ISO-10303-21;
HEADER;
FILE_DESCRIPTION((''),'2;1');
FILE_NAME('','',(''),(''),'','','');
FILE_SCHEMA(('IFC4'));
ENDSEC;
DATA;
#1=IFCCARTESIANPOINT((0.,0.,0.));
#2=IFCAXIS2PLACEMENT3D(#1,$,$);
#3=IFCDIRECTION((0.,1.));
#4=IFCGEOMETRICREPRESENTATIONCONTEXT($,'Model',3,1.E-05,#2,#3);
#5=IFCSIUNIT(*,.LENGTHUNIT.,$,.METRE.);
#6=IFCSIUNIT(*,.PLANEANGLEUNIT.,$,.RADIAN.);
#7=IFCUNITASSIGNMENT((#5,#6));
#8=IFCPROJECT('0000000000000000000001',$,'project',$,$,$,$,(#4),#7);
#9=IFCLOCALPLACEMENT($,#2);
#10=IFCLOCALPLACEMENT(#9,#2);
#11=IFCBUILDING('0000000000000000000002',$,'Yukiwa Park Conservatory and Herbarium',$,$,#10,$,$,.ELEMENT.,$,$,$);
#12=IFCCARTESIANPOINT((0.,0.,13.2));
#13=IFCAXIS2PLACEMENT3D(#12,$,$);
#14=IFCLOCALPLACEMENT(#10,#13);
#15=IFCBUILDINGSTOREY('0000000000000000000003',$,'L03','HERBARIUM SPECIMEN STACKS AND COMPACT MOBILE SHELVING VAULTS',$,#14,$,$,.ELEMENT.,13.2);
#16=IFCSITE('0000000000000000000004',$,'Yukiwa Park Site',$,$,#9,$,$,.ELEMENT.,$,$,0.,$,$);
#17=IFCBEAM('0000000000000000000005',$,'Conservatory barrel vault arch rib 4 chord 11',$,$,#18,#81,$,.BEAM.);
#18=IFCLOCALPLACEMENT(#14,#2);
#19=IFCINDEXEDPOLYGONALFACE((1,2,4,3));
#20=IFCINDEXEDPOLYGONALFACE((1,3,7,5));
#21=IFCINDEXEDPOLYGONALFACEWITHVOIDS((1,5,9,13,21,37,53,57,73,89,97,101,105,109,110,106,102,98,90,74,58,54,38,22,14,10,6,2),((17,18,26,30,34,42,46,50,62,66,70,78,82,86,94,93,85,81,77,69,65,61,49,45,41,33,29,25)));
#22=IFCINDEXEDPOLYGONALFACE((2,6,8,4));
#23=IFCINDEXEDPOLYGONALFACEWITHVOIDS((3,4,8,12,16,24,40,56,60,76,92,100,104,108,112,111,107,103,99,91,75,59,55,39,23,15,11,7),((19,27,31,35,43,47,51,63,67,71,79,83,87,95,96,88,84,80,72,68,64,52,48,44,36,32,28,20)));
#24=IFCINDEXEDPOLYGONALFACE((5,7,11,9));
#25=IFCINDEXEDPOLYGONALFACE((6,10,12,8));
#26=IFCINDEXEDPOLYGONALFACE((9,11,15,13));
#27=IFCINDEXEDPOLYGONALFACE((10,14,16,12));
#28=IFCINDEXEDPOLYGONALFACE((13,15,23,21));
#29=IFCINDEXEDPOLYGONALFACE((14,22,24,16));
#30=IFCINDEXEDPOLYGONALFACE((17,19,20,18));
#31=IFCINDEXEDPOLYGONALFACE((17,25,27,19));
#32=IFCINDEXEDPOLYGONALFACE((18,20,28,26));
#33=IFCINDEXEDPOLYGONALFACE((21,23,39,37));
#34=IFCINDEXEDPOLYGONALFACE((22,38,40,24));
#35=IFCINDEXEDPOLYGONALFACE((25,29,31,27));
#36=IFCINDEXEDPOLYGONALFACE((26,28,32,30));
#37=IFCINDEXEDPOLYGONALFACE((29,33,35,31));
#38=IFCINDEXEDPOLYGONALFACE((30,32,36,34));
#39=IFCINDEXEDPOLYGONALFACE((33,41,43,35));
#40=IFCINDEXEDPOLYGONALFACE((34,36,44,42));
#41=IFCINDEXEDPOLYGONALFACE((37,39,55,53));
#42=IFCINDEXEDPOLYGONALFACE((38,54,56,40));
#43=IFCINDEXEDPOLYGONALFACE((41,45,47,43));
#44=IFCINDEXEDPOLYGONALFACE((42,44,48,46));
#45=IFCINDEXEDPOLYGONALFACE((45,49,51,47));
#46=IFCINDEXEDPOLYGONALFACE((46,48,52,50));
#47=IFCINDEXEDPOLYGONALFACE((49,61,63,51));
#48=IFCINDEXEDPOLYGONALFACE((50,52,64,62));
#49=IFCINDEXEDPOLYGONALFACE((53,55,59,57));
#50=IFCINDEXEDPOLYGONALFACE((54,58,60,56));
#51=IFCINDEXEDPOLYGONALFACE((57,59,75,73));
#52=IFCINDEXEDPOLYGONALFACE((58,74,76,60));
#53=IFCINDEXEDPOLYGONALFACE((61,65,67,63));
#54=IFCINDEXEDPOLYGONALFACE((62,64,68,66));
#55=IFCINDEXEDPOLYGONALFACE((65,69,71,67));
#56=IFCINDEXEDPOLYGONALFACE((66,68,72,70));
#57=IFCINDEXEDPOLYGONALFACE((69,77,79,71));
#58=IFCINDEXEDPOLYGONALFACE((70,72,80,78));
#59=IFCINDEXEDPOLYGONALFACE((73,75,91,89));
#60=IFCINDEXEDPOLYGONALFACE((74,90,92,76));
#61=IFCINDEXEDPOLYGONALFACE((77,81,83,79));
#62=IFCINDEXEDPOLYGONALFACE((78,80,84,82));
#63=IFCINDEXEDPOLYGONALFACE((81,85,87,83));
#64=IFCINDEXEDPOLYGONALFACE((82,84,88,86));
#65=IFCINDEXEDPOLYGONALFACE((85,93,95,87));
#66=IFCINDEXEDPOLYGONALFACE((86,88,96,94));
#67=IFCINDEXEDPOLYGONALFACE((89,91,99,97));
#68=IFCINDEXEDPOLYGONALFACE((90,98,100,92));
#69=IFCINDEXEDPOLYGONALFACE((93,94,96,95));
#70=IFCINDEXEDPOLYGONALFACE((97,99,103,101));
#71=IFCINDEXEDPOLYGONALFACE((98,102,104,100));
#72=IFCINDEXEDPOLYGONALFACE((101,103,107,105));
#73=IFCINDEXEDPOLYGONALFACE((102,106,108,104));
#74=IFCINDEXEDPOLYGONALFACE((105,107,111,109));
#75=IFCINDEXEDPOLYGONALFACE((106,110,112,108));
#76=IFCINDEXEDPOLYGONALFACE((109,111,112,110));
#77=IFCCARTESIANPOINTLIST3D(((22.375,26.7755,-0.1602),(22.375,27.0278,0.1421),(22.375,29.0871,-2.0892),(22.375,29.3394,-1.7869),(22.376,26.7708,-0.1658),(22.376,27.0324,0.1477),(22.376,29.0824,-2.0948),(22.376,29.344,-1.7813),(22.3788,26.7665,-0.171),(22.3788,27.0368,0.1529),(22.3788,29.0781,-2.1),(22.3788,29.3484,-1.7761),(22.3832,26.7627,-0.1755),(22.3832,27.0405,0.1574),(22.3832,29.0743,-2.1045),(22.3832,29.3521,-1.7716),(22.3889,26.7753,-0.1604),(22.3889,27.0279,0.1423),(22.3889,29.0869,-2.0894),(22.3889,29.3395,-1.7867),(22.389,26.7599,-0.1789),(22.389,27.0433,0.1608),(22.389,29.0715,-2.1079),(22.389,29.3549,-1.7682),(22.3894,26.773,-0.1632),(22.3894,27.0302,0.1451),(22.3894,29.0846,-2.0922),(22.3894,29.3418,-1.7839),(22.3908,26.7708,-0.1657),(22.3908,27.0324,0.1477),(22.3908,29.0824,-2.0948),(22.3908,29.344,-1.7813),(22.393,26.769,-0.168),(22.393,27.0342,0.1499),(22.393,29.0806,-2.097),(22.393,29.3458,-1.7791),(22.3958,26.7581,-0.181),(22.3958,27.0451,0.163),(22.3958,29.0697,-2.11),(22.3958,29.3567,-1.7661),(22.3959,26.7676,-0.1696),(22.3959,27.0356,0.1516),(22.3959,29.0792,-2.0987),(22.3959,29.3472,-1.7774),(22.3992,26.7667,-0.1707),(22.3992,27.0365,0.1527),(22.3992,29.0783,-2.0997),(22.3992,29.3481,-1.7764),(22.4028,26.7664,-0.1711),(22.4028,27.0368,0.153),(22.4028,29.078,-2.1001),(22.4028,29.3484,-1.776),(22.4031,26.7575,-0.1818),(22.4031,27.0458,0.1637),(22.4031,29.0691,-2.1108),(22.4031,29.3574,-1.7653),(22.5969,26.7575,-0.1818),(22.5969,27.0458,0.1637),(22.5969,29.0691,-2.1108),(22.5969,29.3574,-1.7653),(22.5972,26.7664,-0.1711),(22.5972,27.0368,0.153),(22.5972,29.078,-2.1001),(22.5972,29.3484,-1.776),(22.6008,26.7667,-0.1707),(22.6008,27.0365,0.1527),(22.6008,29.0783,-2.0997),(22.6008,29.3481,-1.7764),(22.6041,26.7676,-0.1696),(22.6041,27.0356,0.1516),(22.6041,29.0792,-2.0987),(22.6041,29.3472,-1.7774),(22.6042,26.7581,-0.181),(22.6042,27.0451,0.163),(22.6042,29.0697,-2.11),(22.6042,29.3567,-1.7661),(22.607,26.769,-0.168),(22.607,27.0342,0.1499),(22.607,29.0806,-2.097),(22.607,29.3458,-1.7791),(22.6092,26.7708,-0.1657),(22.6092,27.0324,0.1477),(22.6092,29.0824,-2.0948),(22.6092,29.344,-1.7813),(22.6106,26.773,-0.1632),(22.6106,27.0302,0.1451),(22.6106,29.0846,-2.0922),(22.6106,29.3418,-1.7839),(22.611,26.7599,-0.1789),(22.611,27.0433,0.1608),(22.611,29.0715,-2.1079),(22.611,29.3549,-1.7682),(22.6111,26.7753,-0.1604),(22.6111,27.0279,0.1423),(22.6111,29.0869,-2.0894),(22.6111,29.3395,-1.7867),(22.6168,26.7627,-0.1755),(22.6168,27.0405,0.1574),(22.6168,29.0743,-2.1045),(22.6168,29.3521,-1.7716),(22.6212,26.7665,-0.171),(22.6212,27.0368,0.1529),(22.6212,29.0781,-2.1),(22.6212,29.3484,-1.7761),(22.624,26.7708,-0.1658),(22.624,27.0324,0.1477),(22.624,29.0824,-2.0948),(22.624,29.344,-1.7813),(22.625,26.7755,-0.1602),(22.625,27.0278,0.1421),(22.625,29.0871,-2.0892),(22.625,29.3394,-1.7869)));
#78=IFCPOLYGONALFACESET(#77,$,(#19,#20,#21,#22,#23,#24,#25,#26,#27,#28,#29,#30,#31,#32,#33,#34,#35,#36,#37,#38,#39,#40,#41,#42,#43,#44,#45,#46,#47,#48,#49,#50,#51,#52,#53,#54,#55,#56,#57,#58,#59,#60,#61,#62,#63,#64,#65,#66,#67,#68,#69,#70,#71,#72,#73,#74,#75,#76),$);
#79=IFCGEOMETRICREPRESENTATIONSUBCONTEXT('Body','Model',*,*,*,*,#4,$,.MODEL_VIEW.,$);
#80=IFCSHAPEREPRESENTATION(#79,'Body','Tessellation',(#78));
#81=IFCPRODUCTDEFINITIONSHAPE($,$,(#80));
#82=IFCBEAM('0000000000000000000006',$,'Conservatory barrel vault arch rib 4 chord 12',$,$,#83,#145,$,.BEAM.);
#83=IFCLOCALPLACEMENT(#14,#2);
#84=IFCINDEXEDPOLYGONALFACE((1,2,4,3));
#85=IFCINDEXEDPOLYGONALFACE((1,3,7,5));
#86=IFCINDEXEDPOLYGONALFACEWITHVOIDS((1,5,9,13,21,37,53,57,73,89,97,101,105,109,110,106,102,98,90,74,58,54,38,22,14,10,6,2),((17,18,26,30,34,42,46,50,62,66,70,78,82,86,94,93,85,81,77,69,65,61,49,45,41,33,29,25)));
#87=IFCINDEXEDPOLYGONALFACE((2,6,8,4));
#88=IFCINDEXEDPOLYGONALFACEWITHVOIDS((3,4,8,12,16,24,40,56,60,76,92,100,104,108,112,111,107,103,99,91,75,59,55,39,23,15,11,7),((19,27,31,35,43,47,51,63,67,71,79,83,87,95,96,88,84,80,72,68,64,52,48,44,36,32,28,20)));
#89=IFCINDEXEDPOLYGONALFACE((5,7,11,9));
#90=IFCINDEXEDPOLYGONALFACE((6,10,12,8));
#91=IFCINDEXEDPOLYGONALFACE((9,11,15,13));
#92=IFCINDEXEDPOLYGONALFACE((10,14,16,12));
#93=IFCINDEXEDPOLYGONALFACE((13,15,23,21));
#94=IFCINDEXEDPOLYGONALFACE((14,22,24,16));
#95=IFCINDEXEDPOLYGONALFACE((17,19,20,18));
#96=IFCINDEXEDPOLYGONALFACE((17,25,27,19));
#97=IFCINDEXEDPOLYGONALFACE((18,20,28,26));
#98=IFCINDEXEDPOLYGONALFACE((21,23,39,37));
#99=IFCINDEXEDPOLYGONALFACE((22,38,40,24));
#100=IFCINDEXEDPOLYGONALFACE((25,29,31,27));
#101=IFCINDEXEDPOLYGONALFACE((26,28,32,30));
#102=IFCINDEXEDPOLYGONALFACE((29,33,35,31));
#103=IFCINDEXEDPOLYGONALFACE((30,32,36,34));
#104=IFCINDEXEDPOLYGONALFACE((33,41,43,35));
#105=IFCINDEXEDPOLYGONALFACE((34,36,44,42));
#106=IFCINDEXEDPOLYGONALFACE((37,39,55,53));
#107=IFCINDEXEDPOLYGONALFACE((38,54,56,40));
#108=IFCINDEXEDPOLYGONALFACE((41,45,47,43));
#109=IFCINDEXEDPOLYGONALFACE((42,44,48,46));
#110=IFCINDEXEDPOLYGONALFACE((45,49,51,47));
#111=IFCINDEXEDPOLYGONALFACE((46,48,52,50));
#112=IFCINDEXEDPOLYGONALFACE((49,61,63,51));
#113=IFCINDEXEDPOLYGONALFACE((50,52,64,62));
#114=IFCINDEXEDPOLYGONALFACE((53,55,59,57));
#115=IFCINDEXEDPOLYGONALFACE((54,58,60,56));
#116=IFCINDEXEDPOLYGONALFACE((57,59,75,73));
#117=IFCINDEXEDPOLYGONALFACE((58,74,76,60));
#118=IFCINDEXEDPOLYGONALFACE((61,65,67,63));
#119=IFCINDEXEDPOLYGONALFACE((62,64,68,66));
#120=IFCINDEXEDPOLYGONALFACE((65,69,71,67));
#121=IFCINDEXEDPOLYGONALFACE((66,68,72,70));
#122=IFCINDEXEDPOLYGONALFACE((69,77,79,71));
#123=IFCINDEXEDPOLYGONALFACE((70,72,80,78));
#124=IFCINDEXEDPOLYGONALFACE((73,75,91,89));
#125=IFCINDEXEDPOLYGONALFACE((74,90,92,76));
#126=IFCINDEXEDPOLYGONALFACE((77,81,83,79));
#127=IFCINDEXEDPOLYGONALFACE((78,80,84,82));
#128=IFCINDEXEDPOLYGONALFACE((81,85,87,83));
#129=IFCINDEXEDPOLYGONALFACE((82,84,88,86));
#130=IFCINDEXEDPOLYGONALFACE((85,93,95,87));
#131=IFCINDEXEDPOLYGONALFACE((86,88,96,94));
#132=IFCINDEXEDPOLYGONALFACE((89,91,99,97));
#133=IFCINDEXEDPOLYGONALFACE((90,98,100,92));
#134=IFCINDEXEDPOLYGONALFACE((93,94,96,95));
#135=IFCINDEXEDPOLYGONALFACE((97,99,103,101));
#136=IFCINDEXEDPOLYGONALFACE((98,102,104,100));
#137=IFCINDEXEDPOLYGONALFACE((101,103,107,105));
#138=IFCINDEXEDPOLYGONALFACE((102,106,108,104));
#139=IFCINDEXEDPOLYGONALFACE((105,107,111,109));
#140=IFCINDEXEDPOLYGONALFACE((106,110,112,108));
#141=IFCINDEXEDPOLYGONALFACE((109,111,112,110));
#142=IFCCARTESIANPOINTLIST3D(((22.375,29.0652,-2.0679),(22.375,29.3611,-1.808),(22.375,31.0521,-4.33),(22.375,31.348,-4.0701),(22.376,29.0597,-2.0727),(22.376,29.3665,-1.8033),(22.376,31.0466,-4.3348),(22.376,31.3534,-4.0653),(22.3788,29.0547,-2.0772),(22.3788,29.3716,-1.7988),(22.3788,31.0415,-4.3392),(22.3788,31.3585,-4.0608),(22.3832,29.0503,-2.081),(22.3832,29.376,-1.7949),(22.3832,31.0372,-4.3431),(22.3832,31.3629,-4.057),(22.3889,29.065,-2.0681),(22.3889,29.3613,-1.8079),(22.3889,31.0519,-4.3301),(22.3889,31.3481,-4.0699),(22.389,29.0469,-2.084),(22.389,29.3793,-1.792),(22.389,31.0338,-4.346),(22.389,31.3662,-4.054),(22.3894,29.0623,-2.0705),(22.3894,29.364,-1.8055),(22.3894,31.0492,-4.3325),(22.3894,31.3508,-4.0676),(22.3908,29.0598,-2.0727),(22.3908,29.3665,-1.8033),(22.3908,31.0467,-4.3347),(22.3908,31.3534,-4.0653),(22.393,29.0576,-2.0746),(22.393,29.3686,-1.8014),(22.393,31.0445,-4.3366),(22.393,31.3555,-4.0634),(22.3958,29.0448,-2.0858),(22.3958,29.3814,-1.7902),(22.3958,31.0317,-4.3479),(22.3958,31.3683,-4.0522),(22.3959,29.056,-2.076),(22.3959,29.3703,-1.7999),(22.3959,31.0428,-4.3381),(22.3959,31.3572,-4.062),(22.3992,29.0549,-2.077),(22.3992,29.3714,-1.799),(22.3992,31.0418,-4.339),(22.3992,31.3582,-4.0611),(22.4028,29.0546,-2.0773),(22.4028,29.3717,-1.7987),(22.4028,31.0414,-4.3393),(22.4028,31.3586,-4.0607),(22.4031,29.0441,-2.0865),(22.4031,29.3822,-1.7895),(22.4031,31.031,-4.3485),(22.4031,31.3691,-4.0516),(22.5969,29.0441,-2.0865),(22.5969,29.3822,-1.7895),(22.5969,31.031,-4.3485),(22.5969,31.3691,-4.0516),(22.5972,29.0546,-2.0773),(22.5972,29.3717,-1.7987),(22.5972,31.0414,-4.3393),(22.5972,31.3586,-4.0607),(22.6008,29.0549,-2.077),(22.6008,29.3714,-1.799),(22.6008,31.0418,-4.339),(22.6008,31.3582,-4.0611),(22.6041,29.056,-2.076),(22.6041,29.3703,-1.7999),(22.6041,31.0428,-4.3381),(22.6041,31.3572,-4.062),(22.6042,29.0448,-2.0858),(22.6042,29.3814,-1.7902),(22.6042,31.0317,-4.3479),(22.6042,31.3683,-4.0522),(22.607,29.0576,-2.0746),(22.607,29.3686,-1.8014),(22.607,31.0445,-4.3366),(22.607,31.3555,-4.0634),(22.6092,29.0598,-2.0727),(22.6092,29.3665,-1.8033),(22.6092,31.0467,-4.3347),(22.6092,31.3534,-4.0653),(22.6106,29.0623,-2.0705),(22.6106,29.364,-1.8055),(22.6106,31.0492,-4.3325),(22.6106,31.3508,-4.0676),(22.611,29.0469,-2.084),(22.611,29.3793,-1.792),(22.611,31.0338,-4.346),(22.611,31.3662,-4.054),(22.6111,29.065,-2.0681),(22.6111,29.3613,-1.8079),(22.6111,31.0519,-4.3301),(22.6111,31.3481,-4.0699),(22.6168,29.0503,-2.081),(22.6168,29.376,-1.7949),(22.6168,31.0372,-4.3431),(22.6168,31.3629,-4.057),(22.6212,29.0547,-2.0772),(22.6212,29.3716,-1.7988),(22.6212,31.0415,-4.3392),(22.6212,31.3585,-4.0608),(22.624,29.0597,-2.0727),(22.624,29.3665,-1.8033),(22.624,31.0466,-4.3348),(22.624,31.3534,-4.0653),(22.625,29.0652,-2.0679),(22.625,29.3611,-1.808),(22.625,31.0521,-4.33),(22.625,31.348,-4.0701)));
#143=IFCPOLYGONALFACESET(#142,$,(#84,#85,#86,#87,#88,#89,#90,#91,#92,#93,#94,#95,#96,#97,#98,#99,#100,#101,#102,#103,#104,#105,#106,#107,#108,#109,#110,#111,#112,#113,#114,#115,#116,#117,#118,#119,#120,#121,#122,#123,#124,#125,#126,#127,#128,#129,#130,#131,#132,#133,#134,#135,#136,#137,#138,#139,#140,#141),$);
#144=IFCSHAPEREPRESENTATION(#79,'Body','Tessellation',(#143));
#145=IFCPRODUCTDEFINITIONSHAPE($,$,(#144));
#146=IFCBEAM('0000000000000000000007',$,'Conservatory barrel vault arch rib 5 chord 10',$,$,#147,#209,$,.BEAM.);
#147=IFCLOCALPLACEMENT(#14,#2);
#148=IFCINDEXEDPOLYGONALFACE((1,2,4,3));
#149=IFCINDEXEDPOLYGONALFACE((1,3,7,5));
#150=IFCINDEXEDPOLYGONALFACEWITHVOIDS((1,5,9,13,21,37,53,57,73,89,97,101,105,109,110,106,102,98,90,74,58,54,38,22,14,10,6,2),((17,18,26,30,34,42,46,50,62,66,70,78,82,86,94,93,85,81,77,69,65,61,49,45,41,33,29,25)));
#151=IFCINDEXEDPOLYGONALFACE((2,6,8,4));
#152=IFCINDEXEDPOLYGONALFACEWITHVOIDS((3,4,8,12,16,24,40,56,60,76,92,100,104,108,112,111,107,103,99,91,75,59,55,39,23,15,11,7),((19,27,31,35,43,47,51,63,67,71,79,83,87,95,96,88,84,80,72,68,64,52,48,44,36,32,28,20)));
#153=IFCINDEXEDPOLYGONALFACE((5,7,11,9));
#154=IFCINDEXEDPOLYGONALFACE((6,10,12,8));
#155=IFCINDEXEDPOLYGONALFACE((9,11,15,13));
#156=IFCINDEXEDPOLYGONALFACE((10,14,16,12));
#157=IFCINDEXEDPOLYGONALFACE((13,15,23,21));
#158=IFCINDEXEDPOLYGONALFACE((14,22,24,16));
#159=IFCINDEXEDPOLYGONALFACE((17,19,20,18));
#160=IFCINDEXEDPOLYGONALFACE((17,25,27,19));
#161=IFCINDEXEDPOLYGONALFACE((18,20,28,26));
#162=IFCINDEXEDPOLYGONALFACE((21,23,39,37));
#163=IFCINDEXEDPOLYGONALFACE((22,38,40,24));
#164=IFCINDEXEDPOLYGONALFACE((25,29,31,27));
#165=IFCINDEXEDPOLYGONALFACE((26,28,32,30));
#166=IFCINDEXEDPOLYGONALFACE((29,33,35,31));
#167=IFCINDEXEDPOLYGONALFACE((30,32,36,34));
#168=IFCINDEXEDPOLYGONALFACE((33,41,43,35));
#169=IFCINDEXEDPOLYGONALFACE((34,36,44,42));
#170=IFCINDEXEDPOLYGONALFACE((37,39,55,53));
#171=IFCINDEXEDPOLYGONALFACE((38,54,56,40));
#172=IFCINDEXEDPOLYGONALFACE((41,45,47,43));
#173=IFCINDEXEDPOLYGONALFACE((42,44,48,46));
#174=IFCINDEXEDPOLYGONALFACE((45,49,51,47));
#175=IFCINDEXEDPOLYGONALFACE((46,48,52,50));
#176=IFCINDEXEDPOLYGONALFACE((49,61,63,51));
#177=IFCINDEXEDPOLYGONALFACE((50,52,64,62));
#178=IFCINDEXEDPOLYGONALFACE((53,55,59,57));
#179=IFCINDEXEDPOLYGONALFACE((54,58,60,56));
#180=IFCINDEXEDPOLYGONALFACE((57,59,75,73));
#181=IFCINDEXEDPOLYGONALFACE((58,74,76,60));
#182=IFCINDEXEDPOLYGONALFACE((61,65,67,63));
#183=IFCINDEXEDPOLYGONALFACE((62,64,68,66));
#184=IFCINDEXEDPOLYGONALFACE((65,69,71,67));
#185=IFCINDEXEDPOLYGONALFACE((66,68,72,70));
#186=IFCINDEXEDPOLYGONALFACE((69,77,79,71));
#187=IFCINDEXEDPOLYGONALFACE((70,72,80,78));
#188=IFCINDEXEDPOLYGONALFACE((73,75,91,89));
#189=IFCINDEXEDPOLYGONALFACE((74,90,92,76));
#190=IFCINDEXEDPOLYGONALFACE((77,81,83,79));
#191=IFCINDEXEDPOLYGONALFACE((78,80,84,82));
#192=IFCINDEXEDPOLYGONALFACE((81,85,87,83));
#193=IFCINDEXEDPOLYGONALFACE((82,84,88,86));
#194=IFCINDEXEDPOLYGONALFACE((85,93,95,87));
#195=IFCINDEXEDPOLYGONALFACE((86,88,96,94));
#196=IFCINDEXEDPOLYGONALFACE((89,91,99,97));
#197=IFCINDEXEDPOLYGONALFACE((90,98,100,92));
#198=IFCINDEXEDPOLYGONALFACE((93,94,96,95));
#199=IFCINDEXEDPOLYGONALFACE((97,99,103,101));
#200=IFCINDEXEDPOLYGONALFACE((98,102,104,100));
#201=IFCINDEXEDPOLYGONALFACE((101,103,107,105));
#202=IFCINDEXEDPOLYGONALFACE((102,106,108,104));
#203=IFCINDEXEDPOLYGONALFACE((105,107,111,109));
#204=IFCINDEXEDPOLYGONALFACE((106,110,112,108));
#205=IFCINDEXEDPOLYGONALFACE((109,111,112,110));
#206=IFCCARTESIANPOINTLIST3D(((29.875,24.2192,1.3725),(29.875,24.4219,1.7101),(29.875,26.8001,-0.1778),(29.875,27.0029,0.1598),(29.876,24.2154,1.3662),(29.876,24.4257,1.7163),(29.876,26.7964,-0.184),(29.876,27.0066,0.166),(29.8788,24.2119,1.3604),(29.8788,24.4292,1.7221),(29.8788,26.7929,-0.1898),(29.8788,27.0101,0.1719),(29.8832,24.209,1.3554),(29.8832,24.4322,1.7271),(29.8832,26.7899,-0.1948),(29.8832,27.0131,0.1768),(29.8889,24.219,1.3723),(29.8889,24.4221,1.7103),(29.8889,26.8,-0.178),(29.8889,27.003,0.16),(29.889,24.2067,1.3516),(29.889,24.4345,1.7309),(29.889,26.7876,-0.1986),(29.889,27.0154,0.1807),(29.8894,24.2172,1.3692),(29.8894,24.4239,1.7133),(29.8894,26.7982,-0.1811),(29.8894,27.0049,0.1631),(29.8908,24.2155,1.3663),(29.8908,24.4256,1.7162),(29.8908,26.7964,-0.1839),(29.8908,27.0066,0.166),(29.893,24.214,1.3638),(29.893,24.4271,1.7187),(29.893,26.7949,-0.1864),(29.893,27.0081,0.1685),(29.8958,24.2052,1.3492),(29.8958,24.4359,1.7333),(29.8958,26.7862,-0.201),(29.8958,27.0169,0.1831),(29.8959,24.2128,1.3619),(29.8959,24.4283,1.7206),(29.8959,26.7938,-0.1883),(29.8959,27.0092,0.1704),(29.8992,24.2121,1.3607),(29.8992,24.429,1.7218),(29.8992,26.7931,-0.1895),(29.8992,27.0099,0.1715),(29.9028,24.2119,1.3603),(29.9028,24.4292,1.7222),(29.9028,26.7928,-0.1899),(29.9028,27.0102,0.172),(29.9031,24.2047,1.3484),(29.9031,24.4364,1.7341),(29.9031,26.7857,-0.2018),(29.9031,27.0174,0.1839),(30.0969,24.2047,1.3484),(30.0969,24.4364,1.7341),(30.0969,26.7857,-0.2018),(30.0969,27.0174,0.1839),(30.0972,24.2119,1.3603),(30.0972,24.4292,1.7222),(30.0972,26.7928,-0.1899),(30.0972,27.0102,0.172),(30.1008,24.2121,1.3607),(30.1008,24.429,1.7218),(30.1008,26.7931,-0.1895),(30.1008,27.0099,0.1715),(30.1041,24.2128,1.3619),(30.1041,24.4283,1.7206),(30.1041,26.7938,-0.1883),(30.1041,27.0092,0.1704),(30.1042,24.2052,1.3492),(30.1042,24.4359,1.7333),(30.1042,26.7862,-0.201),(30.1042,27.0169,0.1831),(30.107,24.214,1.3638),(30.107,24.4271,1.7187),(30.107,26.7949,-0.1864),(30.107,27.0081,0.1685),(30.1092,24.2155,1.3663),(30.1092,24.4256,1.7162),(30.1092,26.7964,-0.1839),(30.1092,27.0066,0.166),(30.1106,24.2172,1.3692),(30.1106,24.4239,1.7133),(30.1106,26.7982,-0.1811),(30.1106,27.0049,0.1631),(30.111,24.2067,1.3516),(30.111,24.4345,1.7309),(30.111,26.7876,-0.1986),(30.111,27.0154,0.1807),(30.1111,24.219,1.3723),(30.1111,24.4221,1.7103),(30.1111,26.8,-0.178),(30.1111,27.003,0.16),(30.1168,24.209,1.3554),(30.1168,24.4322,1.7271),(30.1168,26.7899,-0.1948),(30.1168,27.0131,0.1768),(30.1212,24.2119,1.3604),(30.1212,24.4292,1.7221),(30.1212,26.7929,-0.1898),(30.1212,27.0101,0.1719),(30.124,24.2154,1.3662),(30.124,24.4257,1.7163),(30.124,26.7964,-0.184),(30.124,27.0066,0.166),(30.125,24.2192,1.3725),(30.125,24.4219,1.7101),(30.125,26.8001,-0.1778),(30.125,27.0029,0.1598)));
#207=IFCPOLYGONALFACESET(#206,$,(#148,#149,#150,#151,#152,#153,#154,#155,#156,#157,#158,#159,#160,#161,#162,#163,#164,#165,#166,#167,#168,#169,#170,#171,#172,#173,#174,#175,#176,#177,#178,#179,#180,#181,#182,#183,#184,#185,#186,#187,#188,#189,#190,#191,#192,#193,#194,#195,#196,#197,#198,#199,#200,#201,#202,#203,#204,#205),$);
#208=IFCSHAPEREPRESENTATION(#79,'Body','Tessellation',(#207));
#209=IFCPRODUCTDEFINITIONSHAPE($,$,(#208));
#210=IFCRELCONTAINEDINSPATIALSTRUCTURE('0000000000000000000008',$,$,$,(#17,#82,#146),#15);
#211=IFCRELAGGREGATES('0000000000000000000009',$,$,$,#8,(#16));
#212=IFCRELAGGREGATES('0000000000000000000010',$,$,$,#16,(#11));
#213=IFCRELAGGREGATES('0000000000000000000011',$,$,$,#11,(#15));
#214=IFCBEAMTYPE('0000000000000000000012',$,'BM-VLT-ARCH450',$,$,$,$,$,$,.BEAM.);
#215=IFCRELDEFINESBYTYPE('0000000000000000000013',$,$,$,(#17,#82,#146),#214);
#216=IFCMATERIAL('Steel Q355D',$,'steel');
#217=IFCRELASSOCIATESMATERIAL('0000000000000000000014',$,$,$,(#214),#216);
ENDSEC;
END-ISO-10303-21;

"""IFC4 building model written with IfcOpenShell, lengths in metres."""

from ifc_helpers import new_model, si_unit, direction, frame, origin, origin_2d, place, context, subcontext, project, spatial, hollow_rectangle, extrude, material, material_profile, profile_set, type_object, element, save


model = new_model("IFC4")

# Units and contexts
model_context = context("Model", 3, precision=1e-05, world=origin(), true_north=direction((0.0, 1.0)))
body_context = subcontext(model_context, "Body", "Model", "MODEL_VIEW")
ifc_project = project(units=[si_unit("LENGTHUNIT", "METRE"), si_unit("PLANEANGLEUNIT", "RADIAN")], contexts=[model_context])

# Site, building, storey
site_placement = place(None, origin())
site = spatial("IfcSite", under=ifc_project, at=site_placement, Name="Yukiwa Park Site", CompositionType="ELEMENT", RefElevation=0.0)
building_placement = place(site_placement, origin())
building = spatial("IfcBuilding", under=site, at=building_placement, Name="Yukiwa Park Conservatory and Herbarium", CompositionType="ELEMENT")
storey_placement = place(building_placement, frame((0.0, 0.0, 13.2)))
storey = spatial("IfcBuildingStorey", under=building, at=storey_placement, Name="L03", Description="HERBARIUM SPECIMEN STACKS AND COMPACT MOBILE SHELVING VAULTS", CompositionType="ELEMENT", Elevation=13.2)

# Beams
ifc_material_1 = material(Name="Steel Q355D", Category="steel")
ifc_material_profile_1 = material_profile(ifc_material_1, hollow_rectangle(XDim=0.25, YDim=0.45, WallThickness=0.0139, InnerFilletRadius=0.0139, OuterFilletRadius=0.0281, at=origin_2d()), Name="RHS 450x250x14")
ifc_profile_set_1 = profile_set([ifc_material_profile_1], Name="Steel Q355D")
beam_type = type_object("IfcBeamType", Name="BM-VLT-ARCH450", PredefinedType="BEAM", material=ifc_profile_set_1)
for number, where, z_axis, x_axis, name in (
    (1, (22.5, 26.9016, -0.009), (0.0, 0.767782, -0.640711), (-1.0, 0.0, 0.0), "Conservatory barrel vault arch rib 4 chord 11"),
    (2, (22.5, 29.2131, -1.938), (0.0, 0.659933, -0.751324), (-1.0, 0.0, 0.0), "Conservatory barrel vault arch rib 4 chord 12"),
    (3, (30.0, 24.3206, 1.5413), (0.0, 0.85725, -0.514901), (-1.0, 0.0, 0.0), "Conservatory barrel vault arch rib 5 chord 10"),
):
    element("IfcBeam", number, at=place(storey_placement, frame(where, z_axis=z_axis, x_axis=x_axis)), inside=storey, type_object=beam_type, Name=name, PredefinedType="BEAM", context=body_context, shape_type="SweptSolid", body=[
        extrude(hollow_rectangle(XDim=0.25, YDim=0.45, WallThickness=0.0139, InnerFilletRadius=0.0139, OuterFilletRadius=0.0281, at=origin_2d()), origin(), (0.0, 0.0, 1.0), 3.0107),
    ])

save(model, "model.ifc")
